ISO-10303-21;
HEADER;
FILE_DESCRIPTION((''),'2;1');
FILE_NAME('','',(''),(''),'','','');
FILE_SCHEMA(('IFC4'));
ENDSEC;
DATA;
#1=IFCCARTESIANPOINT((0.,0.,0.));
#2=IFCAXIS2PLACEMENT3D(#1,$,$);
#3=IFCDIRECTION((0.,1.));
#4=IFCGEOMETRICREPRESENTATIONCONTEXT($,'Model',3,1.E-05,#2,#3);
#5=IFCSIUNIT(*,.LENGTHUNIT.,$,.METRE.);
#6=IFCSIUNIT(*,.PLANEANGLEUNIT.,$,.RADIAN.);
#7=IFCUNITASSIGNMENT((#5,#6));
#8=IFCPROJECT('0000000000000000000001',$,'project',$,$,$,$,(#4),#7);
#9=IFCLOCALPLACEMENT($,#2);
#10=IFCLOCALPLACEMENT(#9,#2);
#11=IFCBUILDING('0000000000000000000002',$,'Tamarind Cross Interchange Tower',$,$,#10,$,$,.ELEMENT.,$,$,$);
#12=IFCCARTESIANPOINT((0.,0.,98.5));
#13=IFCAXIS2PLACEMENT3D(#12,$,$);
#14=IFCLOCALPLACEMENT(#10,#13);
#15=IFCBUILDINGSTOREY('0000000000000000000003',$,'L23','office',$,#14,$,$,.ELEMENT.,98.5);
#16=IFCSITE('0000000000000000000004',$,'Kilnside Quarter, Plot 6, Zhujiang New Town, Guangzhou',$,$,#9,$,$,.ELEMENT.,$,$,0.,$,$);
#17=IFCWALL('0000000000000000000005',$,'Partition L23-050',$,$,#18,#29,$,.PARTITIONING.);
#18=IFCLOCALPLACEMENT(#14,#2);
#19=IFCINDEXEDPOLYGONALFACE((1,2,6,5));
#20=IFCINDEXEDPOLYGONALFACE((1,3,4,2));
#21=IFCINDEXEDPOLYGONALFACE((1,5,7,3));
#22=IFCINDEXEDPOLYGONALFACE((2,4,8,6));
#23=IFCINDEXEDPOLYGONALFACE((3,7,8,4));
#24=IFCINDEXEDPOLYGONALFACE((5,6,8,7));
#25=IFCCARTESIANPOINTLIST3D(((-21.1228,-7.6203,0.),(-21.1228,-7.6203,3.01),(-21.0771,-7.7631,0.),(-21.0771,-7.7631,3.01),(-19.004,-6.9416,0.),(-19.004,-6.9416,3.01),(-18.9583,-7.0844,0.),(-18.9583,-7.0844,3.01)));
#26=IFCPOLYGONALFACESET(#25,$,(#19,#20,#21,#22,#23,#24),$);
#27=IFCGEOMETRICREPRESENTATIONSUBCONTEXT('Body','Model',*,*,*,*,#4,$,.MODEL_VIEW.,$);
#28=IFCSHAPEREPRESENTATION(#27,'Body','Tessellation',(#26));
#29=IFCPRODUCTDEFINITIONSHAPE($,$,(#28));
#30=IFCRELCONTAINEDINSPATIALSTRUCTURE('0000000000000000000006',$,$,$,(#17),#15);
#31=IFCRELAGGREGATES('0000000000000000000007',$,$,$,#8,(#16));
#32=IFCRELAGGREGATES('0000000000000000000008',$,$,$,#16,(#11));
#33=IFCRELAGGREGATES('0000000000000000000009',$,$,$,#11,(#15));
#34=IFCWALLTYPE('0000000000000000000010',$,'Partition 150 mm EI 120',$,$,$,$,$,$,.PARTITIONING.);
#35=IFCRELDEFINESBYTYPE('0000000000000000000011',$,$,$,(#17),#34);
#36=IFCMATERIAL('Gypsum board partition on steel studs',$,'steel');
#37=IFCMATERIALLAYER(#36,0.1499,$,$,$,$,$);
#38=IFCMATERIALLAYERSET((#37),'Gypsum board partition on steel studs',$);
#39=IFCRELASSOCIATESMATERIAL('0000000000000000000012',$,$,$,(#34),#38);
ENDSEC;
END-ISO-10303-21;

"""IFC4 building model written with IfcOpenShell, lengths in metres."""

from ifc_helpers import new_model, si_unit, direction, frame, frame_2d, origin, place, context, subcontext, project, spatial, rectangle, extrude, material, layer, layer_set, type_object, element, save


model = new_model("IFC4")

# Units and contexts
model_context = context("Model", 3, precision=1e-05, world=origin(), true_north=direction((0.0, 1.0)))
body_context = subcontext(model_context, "Body", "Model", "MODEL_VIEW")
ifc_project = project(units=[si_unit("LENGTHUNIT", "METRE"), si_unit("PLANEANGLEUNIT", "RADIAN")], contexts=[model_context])

# Site, building, storey
site_placement = place(None, origin())
site = spatial("IfcSite", under=ifc_project, at=site_placement, Name="Kilnside Quarter, Plot 6, Zhujiang New Town, Guangzhou", CompositionType="ELEMENT", RefElevation=0.0)
building_placement = place(site_placement, origin())
building = spatial("IfcBuilding", under=site, at=building_placement, Name="Tamarind Cross Interchange Tower", CompositionType="ELEMENT")
storey_placement = place(building_placement, frame((0.0, 0.0, 98.5)))
storey = spatial("IfcBuildingStorey", under=building, at=storey_placement, Name="L23", Description="office", CompositionType="ELEMENT", Elevation=98.5)

# Wall
ifc_material_1 = material(Name="Gypsum board partition on steel studs", Category="steel")
ifc_layer_1 = layer(ifc_material_1, 0.1499)
ifc_layer_set_1 = layer_set([ifc_layer_1], Name="Gypsum board partition on steel studs")
wall_type_1 = type_object("IfcWallType", Name="Partition 150 mm EI 120", PredefinedType="PARTITIONING", material=ifc_layer_set_1)
wall_1_placement = place(storey_placement, frame((-21.0999, -7.6917, 0.0), z_axis=(0.0, 0.0, 1.0), x_axis=(0.952337, 0.305046, 0.0)))
element("IfcWall", 1, at=wall_1_placement, inside=storey, type_object=wall_type_1, Name="Partition L23-050", PredefinedType="PARTITIONING", context=body_context, shape_type="SweptSolid", body=[
    extrude(rectangle(XDim=2.2249, YDim=0.1499, at=frame_2d((1.1123, 0.0))), origin(), (0.0, 0.0, 1.0), 3.01),
])

save(model, "model.ifc")
